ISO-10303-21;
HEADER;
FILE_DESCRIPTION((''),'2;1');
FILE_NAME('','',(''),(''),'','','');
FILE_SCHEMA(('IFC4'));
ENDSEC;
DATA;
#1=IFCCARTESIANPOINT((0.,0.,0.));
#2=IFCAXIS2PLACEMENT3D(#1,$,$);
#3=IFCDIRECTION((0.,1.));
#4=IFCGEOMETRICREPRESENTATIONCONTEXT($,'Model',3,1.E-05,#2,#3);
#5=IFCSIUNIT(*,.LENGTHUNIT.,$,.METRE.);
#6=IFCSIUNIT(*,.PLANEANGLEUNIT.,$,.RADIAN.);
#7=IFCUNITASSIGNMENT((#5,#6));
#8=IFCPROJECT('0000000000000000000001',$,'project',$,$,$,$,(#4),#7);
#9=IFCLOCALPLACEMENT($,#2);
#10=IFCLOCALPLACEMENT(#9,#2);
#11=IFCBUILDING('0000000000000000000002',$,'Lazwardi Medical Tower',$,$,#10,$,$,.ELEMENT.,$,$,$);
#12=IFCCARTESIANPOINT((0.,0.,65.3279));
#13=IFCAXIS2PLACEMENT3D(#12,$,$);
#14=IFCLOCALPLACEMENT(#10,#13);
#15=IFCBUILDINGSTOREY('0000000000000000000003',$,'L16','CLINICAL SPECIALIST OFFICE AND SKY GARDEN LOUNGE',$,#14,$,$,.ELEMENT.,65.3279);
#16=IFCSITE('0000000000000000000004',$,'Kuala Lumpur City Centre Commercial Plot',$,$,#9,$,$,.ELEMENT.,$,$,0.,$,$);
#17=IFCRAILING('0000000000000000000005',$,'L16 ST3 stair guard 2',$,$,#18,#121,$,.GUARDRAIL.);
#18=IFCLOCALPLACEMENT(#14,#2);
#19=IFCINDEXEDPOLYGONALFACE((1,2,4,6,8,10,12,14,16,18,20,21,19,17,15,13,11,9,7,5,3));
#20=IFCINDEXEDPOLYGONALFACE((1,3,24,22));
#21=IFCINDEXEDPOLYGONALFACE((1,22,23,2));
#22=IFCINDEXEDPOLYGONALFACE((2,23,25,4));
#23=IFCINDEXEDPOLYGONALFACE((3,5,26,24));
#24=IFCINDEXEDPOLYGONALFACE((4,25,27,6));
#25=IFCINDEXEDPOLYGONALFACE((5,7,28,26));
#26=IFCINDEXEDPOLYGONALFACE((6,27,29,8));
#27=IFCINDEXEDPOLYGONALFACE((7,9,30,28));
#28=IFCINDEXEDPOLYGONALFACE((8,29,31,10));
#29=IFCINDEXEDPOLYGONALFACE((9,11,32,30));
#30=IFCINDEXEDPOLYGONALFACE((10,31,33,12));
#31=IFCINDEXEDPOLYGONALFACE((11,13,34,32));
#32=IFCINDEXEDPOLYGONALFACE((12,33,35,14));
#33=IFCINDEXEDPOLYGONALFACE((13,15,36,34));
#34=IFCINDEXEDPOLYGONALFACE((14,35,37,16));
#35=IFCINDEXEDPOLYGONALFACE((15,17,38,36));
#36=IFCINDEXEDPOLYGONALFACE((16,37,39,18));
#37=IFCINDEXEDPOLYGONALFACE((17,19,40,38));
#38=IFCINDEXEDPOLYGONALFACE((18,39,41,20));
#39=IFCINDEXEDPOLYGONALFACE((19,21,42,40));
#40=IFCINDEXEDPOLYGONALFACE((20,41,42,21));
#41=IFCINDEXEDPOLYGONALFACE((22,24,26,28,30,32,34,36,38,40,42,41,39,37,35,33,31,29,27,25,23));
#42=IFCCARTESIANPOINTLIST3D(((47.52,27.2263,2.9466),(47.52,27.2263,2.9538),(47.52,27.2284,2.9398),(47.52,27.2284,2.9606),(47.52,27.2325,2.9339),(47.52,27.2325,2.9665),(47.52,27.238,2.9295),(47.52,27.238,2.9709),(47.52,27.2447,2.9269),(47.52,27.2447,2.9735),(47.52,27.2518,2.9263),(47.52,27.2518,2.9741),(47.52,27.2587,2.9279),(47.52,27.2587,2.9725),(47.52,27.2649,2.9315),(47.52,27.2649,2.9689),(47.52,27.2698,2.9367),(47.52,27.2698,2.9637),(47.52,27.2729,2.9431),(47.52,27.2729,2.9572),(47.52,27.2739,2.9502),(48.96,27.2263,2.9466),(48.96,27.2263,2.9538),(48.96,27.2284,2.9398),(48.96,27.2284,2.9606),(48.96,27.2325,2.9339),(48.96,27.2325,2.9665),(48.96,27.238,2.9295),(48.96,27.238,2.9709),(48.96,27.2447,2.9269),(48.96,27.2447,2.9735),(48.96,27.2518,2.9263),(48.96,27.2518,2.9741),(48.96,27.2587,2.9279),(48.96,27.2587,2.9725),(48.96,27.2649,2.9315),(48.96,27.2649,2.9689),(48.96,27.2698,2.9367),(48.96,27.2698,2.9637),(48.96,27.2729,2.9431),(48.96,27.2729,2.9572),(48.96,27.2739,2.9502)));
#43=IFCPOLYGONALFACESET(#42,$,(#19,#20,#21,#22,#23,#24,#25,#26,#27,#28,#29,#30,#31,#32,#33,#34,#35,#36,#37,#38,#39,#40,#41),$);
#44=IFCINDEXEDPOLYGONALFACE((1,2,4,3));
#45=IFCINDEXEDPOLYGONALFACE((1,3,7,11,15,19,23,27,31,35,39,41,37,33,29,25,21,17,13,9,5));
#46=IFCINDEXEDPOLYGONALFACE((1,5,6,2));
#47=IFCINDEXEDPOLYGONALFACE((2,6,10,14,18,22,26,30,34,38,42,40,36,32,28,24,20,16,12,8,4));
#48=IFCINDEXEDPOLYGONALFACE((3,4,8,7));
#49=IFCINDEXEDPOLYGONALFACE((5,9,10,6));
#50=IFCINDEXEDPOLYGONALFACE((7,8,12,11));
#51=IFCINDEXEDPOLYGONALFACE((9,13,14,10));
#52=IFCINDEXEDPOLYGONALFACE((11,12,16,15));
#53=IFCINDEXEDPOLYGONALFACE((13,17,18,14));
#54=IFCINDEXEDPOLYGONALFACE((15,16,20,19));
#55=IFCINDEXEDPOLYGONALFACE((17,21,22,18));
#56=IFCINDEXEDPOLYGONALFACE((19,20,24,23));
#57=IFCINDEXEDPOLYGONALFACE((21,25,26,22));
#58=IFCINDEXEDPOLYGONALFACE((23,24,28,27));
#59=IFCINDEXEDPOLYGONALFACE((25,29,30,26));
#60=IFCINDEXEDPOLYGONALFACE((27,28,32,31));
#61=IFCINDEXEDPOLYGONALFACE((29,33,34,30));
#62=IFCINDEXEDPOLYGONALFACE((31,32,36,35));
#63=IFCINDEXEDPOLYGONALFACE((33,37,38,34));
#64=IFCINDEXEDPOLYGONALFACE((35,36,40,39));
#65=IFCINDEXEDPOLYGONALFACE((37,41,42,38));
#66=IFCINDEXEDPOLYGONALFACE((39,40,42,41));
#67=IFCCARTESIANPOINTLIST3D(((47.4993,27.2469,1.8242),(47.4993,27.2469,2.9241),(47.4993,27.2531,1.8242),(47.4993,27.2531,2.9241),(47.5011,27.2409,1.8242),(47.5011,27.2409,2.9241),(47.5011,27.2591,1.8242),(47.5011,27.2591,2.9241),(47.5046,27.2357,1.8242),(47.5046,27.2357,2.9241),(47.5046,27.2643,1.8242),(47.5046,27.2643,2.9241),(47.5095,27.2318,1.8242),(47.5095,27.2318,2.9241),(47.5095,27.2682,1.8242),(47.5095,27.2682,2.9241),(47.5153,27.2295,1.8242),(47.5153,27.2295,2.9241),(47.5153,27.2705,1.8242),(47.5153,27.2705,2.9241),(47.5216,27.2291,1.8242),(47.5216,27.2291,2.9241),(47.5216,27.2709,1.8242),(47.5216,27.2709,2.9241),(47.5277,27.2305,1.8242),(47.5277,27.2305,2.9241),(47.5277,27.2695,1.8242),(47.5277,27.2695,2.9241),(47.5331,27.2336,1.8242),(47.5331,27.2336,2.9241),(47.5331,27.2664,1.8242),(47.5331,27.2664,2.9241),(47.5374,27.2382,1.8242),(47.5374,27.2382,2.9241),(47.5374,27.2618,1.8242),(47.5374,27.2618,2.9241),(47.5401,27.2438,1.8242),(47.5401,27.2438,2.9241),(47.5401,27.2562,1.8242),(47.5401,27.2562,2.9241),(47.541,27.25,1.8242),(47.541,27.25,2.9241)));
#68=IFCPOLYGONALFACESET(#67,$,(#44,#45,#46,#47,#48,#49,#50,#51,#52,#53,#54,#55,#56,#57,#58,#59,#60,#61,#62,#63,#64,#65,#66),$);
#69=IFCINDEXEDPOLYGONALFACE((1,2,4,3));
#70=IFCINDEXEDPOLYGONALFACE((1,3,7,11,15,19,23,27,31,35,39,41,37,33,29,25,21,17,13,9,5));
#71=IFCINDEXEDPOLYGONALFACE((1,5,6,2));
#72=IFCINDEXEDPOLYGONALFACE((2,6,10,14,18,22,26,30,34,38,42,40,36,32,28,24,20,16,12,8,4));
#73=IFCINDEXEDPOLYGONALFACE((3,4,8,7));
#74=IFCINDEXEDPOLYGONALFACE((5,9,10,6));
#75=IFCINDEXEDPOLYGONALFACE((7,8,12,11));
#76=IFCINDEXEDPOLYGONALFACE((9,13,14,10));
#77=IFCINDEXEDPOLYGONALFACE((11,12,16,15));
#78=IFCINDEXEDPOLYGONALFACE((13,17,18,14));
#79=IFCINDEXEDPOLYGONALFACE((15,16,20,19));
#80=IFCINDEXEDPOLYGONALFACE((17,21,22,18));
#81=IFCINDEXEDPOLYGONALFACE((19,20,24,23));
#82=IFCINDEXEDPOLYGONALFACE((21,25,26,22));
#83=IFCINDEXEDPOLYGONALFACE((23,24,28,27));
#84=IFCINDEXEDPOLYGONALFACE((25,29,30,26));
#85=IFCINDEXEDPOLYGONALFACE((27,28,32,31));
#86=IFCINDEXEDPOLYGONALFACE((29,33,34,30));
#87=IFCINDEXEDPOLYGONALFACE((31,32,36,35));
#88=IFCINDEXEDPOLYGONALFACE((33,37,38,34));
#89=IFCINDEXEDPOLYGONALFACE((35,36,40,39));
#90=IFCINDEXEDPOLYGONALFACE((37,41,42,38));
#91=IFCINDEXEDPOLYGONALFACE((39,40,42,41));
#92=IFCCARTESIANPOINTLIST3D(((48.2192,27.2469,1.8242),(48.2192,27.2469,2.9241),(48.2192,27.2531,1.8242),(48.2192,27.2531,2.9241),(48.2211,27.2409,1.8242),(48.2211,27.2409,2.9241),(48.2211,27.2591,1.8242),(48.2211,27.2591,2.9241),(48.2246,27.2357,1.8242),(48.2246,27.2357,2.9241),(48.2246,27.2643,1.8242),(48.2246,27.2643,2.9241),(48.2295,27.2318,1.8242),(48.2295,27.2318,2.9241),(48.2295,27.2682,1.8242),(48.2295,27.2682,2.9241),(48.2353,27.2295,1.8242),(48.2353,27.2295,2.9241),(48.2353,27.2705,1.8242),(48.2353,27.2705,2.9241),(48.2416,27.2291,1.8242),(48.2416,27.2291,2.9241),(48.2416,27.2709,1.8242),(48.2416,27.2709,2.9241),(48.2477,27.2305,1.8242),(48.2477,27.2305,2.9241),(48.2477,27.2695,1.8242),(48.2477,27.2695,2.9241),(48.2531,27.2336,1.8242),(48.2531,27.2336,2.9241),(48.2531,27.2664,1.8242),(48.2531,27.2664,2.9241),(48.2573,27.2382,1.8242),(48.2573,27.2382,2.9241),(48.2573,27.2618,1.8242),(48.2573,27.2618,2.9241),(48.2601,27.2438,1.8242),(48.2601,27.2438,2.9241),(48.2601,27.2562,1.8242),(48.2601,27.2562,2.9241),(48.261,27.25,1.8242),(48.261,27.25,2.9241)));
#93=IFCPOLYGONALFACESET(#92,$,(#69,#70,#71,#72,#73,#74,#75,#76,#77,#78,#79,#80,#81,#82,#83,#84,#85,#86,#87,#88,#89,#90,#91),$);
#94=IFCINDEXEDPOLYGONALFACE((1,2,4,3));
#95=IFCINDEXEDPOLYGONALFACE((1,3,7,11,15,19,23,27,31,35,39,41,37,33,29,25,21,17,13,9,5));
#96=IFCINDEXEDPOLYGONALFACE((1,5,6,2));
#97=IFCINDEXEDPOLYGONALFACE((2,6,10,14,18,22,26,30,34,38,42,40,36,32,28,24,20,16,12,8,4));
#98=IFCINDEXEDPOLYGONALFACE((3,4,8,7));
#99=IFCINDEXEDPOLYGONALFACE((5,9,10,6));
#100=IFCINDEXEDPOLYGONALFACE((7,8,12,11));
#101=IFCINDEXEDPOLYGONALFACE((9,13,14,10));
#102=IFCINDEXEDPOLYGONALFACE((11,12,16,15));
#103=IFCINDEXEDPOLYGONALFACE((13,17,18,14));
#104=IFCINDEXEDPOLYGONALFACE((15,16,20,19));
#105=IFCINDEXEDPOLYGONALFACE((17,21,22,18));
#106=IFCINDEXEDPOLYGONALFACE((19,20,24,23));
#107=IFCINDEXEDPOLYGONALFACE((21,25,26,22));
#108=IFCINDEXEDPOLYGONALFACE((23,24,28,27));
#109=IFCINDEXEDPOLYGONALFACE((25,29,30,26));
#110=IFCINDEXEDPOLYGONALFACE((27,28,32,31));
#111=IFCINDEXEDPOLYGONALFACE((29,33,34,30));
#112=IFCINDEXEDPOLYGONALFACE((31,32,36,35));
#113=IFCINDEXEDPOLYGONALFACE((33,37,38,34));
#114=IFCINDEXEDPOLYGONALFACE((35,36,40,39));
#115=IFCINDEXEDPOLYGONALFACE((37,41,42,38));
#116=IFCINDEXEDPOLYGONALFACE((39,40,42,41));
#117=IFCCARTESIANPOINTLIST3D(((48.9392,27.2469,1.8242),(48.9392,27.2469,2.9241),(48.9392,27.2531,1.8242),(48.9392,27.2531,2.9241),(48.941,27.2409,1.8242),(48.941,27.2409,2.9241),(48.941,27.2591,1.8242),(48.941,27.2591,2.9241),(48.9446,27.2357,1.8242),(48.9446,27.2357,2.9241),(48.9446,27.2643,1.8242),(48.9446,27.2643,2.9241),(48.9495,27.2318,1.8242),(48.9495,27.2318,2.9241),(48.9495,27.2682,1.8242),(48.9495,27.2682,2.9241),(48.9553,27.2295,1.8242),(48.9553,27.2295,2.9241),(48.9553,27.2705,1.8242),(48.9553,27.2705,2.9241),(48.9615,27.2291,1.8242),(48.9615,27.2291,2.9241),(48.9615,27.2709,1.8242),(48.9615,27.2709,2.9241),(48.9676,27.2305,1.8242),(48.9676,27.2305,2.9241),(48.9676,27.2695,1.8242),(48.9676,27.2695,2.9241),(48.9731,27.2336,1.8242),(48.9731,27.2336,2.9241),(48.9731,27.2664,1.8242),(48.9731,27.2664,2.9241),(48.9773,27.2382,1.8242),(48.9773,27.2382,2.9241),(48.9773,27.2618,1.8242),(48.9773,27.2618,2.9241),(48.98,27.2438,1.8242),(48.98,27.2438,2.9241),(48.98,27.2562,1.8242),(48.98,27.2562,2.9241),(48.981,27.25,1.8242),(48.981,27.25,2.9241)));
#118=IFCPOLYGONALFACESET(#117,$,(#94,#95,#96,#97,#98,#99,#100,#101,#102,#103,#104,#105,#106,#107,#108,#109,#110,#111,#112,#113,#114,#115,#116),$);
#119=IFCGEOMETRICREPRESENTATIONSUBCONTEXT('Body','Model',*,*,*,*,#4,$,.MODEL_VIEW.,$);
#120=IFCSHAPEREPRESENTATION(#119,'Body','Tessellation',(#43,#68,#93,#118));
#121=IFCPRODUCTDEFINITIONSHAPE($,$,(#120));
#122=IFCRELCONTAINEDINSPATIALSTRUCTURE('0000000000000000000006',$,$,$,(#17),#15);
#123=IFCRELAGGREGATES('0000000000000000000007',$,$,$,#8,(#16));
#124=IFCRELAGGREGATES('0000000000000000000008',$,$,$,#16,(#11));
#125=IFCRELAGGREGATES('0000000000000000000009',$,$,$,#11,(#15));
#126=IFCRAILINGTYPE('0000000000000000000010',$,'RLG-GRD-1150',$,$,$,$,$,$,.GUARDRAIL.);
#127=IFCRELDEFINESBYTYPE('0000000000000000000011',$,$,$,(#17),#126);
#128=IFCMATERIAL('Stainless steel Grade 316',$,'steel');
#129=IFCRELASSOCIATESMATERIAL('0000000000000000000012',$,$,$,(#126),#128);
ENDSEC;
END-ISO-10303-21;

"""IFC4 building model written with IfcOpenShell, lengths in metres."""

from ifc_helpers import new_model, si_unit, direction, frame, origin, origin_2d, place, context, subcontext, project, spatial, circle, extrude, material, type_object, element, save


model = new_model("IFC4")

# Units and contexts
model_context = context("Model", 3, precision=1e-05, world=origin(), true_north=direction((0.0, 1.0)))
body_context = subcontext(model_context, "Body", "Model", "MODEL_VIEW")
ifc_project = project(units=[si_unit("LENGTHUNIT", "METRE"), si_unit("PLANEANGLEUNIT", "RADIAN")], contexts=[model_context])

# Site, building, storey
site_placement = place(None, origin())
site = spatial("IfcSite", under=ifc_project, at=site_placement, Name="Kuala Lumpur City Centre Commercial Plot", CompositionType="ELEMENT", RefElevation=0.0)
building_placement = place(site_placement, origin())
building = spatial("IfcBuilding", under=site, at=building_placement, Name="Lazwardi Medical Tower", CompositionType="ELEMENT")
storey_placement = place(building_placement, frame((0.0, 0.0, 65.3279)))
storey = spatial("IfcBuildingStorey", under=building, at=storey_placement, Name="L16", Description="CLINICAL SPECIALIST OFFICE AND SKY GARDEN LOUNGE", CompositionType="ELEMENT", Elevation=65.3279)

# Railing
ifc_material_1 = material(Name="Stainless steel Grade 316", Category="steel")
railing_type_1 = type_object("IfcRailingType", Name="RLG-GRD-1150", PredefinedType="GUARDRAIL", material=ifc_material_1)
railing_1_placement = place(storey_placement, frame((47.52, 27.25, 1.8242)))
element("IfcRailing", 1, at=railing_1_placement, inside=storey, type_object=railing_type_1, Name="L16 ST3 stair guard 2", PredefinedType="GUARDRAIL", context=body_context, shape_type="SweptSolid", body=[
    extrude(circle(Radius=0.0239, at=origin_2d()), frame((0.0, 0.0, 1.126), z_axis=(1.0, 0.0, 0.0), x_axis=(0.0, 1.0, 0.0)), (0.0, 0.0, 1.0), 1.4399),
    extrude(circle(Radius=0.021, at=origin_2d()), origin(), (0.0, 0.0, 1.0), 1.0999),
    extrude(circle(Radius=0.021, at=origin_2d()), frame((0.72, 0.0, 0.0)), (0.0, 0.0, 1.0), 1.0999),
    extrude(circle(Radius=0.021, at=origin_2d()), frame((1.4399, 0.0, 0.0)), (0.0, 0.0, 1.0), 1.0999),
])

save(model, "model.ifc")
